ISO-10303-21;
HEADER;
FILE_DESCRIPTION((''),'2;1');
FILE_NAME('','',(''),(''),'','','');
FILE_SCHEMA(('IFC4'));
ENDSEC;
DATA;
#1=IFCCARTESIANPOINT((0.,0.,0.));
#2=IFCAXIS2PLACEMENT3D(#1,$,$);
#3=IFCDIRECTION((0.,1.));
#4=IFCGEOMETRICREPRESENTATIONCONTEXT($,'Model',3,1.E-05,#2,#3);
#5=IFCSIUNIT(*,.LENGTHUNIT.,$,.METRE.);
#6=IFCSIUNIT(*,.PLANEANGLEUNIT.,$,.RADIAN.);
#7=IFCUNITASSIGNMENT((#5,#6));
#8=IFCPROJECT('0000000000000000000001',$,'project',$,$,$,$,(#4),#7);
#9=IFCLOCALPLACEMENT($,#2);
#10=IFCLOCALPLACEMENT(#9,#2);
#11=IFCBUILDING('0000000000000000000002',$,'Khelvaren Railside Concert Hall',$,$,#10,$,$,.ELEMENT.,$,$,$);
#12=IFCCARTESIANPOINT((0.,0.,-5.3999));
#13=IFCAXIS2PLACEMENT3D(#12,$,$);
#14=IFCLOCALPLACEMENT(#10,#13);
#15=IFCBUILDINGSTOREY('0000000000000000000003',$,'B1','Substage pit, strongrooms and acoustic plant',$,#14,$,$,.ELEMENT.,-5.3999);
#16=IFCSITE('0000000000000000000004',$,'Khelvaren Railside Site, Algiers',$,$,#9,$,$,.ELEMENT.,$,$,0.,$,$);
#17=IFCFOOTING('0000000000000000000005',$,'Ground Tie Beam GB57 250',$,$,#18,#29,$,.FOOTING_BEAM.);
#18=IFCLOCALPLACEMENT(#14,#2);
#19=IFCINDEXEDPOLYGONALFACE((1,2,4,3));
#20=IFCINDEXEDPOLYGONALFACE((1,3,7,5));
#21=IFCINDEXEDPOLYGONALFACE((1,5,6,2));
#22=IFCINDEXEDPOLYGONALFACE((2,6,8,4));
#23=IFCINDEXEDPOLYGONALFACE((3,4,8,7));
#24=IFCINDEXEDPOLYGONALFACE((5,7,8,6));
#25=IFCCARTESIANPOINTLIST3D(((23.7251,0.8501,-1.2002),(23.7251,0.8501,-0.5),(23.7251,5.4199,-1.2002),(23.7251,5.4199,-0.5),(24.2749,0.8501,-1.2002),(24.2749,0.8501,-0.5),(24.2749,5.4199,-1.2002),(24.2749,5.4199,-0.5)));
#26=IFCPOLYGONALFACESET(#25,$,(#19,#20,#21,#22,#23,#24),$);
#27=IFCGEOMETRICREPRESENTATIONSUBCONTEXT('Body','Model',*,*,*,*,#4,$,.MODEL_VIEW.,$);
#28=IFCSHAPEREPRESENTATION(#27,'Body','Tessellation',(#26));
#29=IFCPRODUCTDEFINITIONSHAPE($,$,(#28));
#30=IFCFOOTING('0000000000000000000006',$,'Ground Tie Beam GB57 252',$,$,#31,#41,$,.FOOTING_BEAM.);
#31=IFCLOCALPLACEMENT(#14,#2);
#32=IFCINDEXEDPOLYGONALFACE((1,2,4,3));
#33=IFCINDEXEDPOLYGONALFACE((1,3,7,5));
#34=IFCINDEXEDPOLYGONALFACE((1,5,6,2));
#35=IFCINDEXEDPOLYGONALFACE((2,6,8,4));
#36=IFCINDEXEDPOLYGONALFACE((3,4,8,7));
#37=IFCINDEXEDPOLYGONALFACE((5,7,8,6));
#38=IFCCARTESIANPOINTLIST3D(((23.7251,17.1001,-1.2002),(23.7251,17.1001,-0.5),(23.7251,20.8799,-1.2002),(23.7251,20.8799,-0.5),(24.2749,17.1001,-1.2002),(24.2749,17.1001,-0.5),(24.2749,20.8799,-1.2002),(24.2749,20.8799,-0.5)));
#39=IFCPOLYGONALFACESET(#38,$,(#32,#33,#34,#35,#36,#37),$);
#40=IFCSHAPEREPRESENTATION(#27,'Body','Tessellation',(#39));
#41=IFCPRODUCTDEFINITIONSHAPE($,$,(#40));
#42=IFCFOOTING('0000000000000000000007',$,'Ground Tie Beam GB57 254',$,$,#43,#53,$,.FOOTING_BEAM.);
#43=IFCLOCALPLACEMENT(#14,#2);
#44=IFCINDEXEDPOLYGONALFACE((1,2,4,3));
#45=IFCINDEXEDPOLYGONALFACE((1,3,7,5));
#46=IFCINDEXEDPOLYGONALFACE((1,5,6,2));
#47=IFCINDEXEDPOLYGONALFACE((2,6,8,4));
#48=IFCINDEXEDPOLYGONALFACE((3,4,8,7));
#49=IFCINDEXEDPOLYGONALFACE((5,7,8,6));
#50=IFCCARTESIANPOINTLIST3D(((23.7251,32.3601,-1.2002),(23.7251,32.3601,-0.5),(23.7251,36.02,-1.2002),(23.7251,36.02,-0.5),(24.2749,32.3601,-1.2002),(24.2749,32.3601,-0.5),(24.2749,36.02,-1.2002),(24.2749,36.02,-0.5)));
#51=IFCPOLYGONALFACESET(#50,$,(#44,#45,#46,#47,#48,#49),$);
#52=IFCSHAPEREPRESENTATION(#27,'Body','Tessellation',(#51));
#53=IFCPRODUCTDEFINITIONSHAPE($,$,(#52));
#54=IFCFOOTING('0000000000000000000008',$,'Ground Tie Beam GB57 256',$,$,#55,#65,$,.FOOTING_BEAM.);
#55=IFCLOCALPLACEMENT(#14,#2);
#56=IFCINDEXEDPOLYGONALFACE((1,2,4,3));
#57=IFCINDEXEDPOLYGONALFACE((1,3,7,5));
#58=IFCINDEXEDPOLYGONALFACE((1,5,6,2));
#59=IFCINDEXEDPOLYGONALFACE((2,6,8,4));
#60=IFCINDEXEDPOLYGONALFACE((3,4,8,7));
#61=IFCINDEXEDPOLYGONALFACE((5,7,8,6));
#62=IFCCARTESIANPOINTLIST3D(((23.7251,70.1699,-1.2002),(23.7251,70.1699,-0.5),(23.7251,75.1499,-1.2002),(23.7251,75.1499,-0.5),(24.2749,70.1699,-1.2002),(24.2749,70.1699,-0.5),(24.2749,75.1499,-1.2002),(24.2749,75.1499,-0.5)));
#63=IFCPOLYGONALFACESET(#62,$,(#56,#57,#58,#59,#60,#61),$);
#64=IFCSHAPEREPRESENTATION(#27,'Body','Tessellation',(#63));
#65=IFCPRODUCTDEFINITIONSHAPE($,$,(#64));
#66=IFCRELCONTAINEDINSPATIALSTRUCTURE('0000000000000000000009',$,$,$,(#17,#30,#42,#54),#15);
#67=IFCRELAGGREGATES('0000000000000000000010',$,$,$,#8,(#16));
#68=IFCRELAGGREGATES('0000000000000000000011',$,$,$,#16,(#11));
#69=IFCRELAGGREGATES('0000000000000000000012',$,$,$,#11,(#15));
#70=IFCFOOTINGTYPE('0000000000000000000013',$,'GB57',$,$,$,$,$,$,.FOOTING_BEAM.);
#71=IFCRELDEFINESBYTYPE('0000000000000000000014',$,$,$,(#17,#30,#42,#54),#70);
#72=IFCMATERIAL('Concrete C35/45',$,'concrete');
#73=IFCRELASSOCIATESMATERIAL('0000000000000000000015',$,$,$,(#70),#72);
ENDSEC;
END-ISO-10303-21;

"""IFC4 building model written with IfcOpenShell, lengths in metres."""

from ifc_helpers import new_model, si_unit, direction, frame, origin, place, context, subcontext, project, spatial, polyline, outline, extrude, material, type_object, element, save


model = new_model("IFC4")

# Units and contexts
model_context = context("Model", 3, precision=1e-05, world=origin(), true_north=direction((0.0, 1.0)))
body_context = subcontext(model_context, "Body", "Model", "MODEL_VIEW")
ifc_project = project(units=[si_unit("LENGTHUNIT", "METRE"), si_unit("PLANEANGLEUNIT", "RADIAN")], contexts=[model_context])

# Site, building, storey
site_placement = place(None, origin())
site = spatial("IfcSite", under=ifc_project, at=site_placement, Name="Khelvaren Railside Site, Algiers", CompositionType="ELEMENT", RefElevation=0.0)
building_placement = place(site_placement, origin())
building = spatial("IfcBuilding", under=site, at=building_placement, Name="Khelvaren Railside Concert Hall", CompositionType="ELEMENT")
storey_placement = place(building_placement, frame((0.0, 0.0, -5.3999)))
storey = spatial("IfcBuildingStorey", under=building, at=storey_placement, Name="B1", Description="Substage pit, strongrooms and acoustic plant", CompositionType="ELEMENT", Elevation=-5.3999)

# Footings
ifc_material = material(Name="Concrete C35/45", Category="concrete")
footing_type = type_object("IfcFootingType", Name="GB57", PredefinedType="FOOTING_BEAM", material=ifc_material)
footing_1_placement = place(storey_placement, frame((0.0, 0.0, -1.2002)))
element("IfcFooting", 1, at=footing_1_placement, inside=storey, type_object=footing_type, Name="Ground Tie Beam GB57 250", PredefinedType="FOOTING_BEAM", context=body_context, shape_type="SweptSolid", body=[
    extrude(outline(polyline([(23.7251, 0.8501), (24.2749, 0.8501), (24.2749, 5.4199), (23.7251, 5.4199), (23.7251, 0.8501)])), origin(), (0.0, 0.0, 1.0), 0.7002),
])
footing_2_placement = place(storey_placement, frame((0.0, 0.0, -1.2002)))
element("IfcFooting", 2, at=footing_2_placement, inside=storey, type_object=footing_type, Name="Ground Tie Beam GB57 252", PredefinedType="FOOTING_BEAM", context=body_context, shape_type="SweptSolid", body=[
    extrude(outline(polyline([(23.7251, 17.1001), (24.2749, 17.1001), (24.2749, 20.8799), (23.7251, 20.8799), (23.7251, 17.1001)])), origin(), (0.0, 0.0, 1.0), 0.7002),
])
footing_3_placement = place(storey_placement, frame((0.0, 0.0, -1.2002)))
element("IfcFooting", 3, at=footing_3_placement, inside=storey, type_object=footing_type, Name="Ground Tie Beam GB57 254", PredefinedType="FOOTING_BEAM", context=body_context, shape_type="SweptSolid", body=[
    extrude(outline(polyline([(23.7251, 32.3601), (24.2749, 32.3601), (24.2749, 36.02), (23.7251, 36.02), (23.7251, 32.3601)])), origin(), (0.0, 0.0, 1.0), 0.7002),
])
footing_4_placement = place(storey_placement, frame((0.0, 0.0, -1.2002)))
element("IfcFooting", 4, at=footing_4_placement, inside=storey, type_object=footing_type, Name="Ground Tie Beam GB57 256", PredefinedType="FOOTING_BEAM", context=body_context, shape_type="SweptSolid", body=[
    extrude(outline(polyline([(23.7251, 70.1699), (24.2749, 70.1699), (24.2749, 75.1499), (23.7251, 75.1499), (23.7251, 70.1699)])), origin(), (0.0, 0.0, 1.0), 0.7002),
])

save(model, "model.ifc")
